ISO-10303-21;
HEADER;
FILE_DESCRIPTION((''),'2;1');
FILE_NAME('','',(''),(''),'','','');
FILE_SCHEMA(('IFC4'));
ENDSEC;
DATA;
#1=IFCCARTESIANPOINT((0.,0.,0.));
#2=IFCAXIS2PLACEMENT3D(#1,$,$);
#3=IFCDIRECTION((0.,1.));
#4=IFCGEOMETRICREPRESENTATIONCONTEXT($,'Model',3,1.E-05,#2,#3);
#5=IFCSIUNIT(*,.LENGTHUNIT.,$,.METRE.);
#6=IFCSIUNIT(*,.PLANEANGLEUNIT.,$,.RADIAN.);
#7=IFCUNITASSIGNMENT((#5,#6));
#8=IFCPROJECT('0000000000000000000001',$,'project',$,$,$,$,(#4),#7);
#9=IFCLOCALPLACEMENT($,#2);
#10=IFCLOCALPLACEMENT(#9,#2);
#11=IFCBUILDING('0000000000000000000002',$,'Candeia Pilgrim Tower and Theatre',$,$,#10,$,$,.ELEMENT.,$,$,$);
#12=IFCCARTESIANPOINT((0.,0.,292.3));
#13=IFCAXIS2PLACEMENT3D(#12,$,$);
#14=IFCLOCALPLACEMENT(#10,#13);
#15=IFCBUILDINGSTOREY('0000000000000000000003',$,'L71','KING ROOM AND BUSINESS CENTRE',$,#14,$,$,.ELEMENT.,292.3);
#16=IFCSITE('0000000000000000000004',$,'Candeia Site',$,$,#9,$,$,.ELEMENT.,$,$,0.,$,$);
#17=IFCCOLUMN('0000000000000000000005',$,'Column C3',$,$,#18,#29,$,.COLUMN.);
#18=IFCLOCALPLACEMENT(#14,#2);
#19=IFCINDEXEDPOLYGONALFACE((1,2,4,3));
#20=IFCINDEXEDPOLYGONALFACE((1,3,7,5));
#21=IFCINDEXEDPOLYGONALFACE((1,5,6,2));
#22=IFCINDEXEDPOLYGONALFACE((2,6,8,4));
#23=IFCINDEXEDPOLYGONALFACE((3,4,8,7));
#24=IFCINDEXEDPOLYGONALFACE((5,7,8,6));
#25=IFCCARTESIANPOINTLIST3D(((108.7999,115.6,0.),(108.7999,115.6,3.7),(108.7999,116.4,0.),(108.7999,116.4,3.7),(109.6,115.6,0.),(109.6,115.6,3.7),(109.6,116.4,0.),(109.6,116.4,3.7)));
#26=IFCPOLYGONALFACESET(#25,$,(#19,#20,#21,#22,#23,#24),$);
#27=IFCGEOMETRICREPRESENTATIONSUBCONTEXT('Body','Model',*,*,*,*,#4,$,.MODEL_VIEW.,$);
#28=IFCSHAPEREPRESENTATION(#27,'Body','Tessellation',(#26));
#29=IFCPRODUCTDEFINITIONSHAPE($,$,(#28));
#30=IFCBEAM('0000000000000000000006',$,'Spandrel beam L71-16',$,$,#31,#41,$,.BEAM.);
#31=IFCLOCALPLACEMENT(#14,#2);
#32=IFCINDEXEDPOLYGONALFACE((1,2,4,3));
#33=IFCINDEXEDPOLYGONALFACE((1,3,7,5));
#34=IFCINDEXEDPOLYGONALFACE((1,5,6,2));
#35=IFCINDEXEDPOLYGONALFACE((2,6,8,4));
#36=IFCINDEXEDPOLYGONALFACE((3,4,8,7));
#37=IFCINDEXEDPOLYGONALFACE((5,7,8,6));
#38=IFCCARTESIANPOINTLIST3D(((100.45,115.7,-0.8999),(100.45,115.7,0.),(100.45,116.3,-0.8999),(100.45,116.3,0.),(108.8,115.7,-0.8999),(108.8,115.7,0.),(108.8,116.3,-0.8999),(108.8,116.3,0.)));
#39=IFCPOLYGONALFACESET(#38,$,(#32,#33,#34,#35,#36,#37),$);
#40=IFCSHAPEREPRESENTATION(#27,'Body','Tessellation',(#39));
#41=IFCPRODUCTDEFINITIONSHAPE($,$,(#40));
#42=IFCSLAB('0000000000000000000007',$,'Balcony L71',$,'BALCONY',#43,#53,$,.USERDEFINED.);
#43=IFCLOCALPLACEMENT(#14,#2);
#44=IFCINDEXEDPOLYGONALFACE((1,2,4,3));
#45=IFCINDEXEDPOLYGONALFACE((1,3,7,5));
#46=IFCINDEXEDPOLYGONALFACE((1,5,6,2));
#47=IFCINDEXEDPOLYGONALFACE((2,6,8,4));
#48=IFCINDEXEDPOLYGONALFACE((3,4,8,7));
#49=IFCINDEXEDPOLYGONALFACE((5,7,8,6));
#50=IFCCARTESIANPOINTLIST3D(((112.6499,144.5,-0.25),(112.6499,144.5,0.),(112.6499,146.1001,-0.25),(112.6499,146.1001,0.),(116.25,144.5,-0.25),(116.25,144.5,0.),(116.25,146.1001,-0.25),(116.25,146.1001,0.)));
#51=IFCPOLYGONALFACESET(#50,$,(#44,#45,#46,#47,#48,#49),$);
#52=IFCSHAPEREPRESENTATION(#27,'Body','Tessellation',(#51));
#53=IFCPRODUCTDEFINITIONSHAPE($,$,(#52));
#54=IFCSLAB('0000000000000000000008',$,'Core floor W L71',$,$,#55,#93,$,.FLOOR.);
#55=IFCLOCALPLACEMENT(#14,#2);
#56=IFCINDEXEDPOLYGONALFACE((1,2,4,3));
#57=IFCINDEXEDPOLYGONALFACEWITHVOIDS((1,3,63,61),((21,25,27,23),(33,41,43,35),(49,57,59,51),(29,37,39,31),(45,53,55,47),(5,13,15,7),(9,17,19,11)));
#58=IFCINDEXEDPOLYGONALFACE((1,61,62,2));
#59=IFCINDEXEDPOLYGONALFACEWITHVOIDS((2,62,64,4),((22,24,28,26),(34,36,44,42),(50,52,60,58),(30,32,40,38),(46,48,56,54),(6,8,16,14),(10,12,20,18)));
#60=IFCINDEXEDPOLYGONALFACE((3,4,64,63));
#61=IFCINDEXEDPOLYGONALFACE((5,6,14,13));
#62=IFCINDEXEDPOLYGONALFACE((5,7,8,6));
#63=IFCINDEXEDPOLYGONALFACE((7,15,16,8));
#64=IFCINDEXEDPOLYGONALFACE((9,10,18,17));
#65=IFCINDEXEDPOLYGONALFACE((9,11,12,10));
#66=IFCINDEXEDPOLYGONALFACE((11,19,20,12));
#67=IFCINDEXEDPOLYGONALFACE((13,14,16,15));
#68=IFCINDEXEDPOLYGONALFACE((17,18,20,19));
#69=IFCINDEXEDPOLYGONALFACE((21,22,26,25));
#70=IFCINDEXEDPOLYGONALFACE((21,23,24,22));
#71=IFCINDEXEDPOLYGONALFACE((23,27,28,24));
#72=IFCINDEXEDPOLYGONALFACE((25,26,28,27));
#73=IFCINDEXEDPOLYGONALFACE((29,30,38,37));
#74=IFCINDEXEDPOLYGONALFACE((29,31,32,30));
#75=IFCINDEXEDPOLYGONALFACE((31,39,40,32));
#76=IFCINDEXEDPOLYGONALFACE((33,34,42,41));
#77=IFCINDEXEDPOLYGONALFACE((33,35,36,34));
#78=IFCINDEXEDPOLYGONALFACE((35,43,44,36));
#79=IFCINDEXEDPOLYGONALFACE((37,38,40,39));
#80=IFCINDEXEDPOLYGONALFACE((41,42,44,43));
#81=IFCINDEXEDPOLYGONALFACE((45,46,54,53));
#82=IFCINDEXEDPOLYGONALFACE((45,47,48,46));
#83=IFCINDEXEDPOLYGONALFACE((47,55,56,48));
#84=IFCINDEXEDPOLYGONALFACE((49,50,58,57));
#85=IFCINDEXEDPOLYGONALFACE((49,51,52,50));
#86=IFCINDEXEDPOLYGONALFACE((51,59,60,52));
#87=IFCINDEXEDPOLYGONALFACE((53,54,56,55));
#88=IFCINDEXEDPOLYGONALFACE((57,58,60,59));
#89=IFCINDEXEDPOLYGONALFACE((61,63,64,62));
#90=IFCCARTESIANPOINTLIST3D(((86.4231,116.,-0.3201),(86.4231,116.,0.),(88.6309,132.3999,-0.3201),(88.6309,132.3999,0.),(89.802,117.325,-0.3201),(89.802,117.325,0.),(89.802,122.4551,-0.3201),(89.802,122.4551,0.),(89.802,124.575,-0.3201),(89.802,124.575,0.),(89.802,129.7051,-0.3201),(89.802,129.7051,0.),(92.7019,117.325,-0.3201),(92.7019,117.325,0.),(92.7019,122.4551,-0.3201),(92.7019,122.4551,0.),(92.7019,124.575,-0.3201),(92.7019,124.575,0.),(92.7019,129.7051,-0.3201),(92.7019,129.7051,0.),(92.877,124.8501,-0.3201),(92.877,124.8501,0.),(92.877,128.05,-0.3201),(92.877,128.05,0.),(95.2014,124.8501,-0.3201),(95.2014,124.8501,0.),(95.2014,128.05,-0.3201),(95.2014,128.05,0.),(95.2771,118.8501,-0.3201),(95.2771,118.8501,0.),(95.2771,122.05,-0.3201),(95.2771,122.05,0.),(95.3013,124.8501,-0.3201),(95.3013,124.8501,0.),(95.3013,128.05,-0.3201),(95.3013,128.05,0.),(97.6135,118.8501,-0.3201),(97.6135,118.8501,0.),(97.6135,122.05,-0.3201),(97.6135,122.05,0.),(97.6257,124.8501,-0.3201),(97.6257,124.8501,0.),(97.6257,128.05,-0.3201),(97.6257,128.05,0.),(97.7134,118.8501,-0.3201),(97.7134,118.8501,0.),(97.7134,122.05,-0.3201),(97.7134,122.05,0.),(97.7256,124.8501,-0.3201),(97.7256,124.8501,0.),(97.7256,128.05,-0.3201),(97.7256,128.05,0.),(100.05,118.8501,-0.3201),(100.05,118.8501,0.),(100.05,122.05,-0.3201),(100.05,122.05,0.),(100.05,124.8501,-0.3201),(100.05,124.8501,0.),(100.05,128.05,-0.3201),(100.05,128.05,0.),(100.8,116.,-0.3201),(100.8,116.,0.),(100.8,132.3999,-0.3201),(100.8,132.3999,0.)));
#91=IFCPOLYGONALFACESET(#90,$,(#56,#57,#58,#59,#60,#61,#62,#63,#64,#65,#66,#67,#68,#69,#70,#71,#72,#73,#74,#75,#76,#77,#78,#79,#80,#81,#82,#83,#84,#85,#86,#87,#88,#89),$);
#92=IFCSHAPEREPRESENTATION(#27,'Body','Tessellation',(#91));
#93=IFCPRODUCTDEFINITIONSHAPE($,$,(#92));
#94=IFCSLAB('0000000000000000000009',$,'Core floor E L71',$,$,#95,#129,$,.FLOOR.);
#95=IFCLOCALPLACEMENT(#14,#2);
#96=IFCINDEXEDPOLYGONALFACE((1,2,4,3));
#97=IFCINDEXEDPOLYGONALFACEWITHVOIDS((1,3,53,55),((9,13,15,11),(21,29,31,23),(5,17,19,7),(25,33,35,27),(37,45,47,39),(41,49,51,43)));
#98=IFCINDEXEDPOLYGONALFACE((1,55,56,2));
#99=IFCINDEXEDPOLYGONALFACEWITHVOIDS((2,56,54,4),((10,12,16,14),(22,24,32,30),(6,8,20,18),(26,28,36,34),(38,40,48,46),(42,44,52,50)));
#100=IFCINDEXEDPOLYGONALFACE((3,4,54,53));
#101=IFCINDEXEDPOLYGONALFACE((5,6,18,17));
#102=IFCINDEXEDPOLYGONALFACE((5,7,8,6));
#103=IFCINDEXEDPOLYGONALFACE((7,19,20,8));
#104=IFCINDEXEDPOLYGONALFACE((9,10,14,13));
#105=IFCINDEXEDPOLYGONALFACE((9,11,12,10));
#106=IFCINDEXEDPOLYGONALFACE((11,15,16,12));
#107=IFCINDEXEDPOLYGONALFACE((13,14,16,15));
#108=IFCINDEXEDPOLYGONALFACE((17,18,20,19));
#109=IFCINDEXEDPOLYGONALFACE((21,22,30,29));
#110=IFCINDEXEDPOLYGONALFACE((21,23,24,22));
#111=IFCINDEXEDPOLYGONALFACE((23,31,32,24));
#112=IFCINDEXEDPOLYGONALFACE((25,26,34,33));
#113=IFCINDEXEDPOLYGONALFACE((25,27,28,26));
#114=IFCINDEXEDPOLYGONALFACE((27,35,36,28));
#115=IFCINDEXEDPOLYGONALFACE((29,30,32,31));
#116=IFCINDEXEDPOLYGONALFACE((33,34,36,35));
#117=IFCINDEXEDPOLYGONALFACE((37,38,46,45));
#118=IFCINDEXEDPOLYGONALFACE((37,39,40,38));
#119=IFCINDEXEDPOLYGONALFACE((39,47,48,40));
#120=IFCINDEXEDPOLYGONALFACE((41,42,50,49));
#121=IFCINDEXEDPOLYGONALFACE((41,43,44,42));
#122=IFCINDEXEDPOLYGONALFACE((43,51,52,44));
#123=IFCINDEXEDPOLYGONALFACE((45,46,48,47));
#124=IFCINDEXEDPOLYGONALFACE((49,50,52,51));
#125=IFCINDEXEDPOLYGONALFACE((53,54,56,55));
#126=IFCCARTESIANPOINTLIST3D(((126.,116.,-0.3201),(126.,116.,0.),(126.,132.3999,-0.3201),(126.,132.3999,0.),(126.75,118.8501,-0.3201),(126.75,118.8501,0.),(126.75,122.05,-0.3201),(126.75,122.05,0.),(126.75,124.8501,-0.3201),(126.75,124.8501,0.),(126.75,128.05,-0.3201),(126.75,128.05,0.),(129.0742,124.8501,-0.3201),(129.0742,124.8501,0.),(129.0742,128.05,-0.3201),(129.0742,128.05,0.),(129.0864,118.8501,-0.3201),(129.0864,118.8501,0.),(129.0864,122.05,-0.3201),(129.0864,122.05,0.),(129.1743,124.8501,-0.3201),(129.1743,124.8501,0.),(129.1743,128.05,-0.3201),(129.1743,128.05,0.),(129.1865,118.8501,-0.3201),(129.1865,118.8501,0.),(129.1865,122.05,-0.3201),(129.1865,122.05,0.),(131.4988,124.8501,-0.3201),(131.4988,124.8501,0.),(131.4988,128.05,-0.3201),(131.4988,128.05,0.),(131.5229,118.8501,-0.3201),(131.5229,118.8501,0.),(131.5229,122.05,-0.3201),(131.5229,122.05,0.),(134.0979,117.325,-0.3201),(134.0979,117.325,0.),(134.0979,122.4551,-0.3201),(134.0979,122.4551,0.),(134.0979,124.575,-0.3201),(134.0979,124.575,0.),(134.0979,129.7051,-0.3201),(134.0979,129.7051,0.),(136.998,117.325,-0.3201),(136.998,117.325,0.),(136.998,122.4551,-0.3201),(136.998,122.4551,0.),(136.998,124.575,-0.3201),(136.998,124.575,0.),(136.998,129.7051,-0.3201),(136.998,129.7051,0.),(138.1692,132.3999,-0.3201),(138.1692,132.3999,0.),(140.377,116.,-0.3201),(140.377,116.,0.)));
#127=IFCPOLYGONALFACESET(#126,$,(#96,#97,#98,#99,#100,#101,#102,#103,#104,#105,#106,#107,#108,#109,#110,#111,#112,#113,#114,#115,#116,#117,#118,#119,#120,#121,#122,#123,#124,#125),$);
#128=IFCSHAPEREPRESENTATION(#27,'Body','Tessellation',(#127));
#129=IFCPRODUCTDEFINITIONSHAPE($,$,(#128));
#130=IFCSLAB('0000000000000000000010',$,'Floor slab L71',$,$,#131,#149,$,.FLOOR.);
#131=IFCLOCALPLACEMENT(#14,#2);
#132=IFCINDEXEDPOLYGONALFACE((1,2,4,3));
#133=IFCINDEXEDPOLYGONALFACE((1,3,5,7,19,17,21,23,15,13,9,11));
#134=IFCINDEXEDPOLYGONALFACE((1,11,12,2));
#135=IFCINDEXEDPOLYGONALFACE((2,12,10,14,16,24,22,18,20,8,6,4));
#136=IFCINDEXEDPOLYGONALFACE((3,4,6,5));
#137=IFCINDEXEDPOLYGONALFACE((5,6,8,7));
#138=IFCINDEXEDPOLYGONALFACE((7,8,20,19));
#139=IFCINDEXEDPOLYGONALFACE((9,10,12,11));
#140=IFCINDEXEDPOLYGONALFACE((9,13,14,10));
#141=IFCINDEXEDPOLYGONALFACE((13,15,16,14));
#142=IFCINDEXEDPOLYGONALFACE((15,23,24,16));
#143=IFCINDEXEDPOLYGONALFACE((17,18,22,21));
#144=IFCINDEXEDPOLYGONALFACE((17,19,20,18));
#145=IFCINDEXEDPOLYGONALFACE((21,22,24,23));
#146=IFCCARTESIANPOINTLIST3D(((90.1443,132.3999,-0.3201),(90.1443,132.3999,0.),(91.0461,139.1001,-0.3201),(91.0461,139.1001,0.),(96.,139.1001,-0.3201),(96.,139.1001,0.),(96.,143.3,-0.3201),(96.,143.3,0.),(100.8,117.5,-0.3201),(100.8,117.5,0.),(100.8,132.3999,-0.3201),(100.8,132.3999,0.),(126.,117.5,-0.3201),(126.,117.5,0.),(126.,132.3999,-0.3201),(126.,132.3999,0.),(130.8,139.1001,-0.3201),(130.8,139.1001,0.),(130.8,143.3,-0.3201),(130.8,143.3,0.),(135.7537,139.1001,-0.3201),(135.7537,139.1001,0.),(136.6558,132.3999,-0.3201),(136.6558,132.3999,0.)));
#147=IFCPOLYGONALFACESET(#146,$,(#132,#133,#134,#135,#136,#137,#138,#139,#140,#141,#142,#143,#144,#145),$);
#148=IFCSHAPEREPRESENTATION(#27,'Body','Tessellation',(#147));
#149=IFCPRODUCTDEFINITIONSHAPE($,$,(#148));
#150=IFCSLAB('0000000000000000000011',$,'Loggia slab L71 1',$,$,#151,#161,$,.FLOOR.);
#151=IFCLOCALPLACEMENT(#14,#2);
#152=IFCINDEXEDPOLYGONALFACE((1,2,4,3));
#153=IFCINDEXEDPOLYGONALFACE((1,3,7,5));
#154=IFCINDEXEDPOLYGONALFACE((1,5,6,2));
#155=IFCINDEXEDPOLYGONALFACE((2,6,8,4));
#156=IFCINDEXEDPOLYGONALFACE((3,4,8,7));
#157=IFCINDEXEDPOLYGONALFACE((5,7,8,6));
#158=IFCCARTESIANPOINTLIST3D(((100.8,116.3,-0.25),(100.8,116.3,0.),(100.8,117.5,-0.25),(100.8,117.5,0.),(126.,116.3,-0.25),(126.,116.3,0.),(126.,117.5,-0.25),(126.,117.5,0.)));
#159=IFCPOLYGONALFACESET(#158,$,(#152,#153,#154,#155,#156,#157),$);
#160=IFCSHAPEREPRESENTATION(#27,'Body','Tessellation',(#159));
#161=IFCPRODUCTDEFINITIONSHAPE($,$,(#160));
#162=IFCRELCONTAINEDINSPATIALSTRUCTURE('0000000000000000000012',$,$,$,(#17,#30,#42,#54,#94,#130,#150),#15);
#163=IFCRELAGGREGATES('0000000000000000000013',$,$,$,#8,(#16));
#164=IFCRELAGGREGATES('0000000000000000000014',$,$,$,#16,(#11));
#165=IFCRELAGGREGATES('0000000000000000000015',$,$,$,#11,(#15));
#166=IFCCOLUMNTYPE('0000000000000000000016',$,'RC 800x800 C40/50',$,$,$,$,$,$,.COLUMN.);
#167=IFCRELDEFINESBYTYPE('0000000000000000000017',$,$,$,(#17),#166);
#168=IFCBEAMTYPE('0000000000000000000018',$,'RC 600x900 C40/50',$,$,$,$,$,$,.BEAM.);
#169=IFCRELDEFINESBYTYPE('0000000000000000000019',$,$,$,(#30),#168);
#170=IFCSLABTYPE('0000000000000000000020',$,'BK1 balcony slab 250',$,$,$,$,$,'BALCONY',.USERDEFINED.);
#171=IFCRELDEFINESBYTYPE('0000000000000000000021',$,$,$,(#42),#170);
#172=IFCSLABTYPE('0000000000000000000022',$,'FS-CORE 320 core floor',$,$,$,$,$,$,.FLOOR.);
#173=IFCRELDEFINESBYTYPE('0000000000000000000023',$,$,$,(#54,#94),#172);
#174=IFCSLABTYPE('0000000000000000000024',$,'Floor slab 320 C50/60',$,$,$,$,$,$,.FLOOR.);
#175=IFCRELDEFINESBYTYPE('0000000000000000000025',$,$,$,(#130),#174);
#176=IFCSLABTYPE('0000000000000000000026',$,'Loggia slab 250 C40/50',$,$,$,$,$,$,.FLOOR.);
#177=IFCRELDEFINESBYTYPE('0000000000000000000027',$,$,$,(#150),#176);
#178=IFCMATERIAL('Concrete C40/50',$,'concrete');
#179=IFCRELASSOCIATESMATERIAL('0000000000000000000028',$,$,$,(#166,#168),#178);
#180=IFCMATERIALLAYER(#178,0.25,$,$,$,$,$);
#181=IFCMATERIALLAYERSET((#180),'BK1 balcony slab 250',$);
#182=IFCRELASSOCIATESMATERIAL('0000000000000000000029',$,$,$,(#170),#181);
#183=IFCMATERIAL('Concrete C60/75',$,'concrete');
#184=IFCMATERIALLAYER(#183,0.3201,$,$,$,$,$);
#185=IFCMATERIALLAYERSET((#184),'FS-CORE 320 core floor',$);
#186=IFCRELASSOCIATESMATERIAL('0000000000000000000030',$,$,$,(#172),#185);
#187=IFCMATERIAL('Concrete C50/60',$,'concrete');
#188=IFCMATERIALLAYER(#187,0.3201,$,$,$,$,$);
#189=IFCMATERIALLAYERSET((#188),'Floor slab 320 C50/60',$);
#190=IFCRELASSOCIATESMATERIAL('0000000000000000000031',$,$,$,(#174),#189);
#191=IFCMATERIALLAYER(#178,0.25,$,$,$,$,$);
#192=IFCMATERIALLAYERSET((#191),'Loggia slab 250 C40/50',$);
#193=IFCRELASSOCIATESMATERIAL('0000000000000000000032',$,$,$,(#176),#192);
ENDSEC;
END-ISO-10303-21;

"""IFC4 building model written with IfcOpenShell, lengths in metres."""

from ifc_helpers import new_model, si_unit, direction, frame, origin, origin_2d, place, context, subcontext, project, spatial, polyline, rectangle, outline, extrude, material, layer, layer_set, material_profile, profile_set, type_object, element, save


model = new_model("IFC4")

# Units and contexts
model_context = context("Model", 3, precision=1e-05, world=origin(), true_north=direction((0.0, 1.0)))
body_context = subcontext(model_context, "Body", "Model", "MODEL_VIEW")
ifc_project = project(units=[si_unit("LENGTHUNIT", "METRE"), si_unit("PLANEANGLEUNIT", "RADIAN")], contexts=[model_context])

# Site, building, storey
site_placement = place(None, origin())
site = spatial("IfcSite", under=ifc_project, at=site_placement, Name="Candeia Site", CompositionType="ELEMENT", RefElevation=0.0)
building_placement = place(site_placement, origin())
building = spatial("IfcBuilding", under=site, at=building_placement, Name="Candeia Pilgrim Tower and Theatre", CompositionType="ELEMENT")
storey_placement = place(building_placement, frame((0.0, 0.0, 292.3)))
storey = spatial("IfcBuildingStorey", under=building, at=storey_placement, Name="L71", Description="KING ROOM AND BUSINESS CENTRE", CompositionType="ELEMENT", Elevation=292.3)

# Column
ifc_material_1 = material(Name="Concrete C40/50", Category="concrete")
ifc_material_profile_1 = material_profile(ifc_material_1, rectangle(XDim=0.8, YDim=0.8, at=origin_2d()))
ifc_profile_set_1 = profile_set([ifc_material_profile_1], Name="Concrete C40/50")
column_type = type_object("IfcColumnType", Name="RC 800x800 C40/50", PredefinedType="COLUMN", material=ifc_profile_set_1)
column_placement = place(storey_placement, frame((109.2, 116.0, 0.0), z_axis=(0.0, 0.0, 1.0), x_axis=(1.0, 0.0, 0.0)))
element("IfcColumn", 1, at=column_placement, inside=storey, type_object=column_type, Name="Column C3", PredefinedType="COLUMN", context=body_context, shape_type="SweptSolid", body=[
    extrude(rectangle(XDim=0.8, YDim=0.8, at=origin_2d()), origin(), (0.0, 0.0, 1.0), 3.7),
])

# Beam
ifc_material_profile_2 = material_profile(ifc_material_1, rectangle(XDim=0.6001, YDim=0.8999, at=origin_2d()))
ifc_profile_set_2 = profile_set([ifc_material_profile_2], Name="Concrete C40/50")
beam_type = type_object("IfcBeamType", Name="RC 600x900 C40/50", PredefinedType="BEAM", material=ifc_profile_set_2)
beam_placement = place(storey_placement, frame((108.8, 116.0, -0.45), z_axis=(-1.0, 0.0, 0.0), x_axis=(0.0, -1.0, 0.0)))
element("IfcBeam", 2, at=beam_placement, inside=storey, type_object=beam_type, Name="Spandrel beam L71-16", PredefinedType="BEAM", context=body_context, shape_type="SweptSolid", body=[
    extrude(rectangle(XDim=0.6001, YDim=0.8999, at=origin_2d()), origin(), (0.0, 0.0, 1.0), 8.3501),
])

# Slabs
ifc_layer_1 = layer(ifc_material_1, 0.25)
ifc_layer_set_1 = layer_set([ifc_layer_1], Name="BK1 balcony slab 250")
slab_type_1 = type_object("IfcSlabType", Name="BK1 balcony slab 250", ElementType="BALCONY", PredefinedType="USERDEFINED", material=ifc_layer_set_1)
slab_1_placement = place(storey_placement, frame((0.0, 0.0, -0.25)))
element("IfcSlab", 3, at=slab_1_placement, inside=storey, type_object=slab_type_1, Name="Balcony L71", ObjectType="BALCONY", PredefinedType="USERDEFINED", context=body_context, shape_type="SweptSolid", body=[
    extrude(outline(polyline([(112.6499, 144.5), (116.25, 144.5), (116.25, 146.1001), (112.6499, 146.1001), (112.6499, 144.5)])), origin(), (0.0, 0.0, 1.0), 0.25),
])
ifc_material_2 = material(Name="Concrete C60/75", Category="concrete")
ifc_layer_2 = layer(ifc_material_2, 0.3201)
ifc_layer_set_2 = layer_set([ifc_layer_2], Name="FS-CORE 320 core floor")
slab_type_2 = type_object("IfcSlabType", Name="FS-CORE 320 core floor", PredefinedType="FLOOR", material=ifc_layer_set_2)
slab_2_placement = place(storey_placement, frame((0.0, 0.0, -0.3201)))
element("IfcSlab", 4, at=slab_2_placement, inside=storey, type_object=slab_type_2, Name="Core floor W L71", PredefinedType="FLOOR", context=body_context, shape_type="SweptSolid", body=[
    extrude(outline(polyline([(100.8, 132.3999), (100.8, 116.0), (86.4231, 116.0), (88.6309, 132.3999), (100.8, 132.3999)]), holes=[polyline([(97.7134, 122.05), (97.7134, 118.8501), (100.05, 118.8501), (100.05, 122.05), (97.7134, 122.05)]), polyline([(97.7256, 128.05), (97.7256, 124.8501), (100.05, 124.8501), (100.05, 128.05), (97.7256, 128.05)]), polyline([(95.3013, 128.05), (95.3013, 124.8501), (97.6257, 124.8501), (97.6257, 128.05), (95.3013, 128.05)]), polyline([(95.2771, 122.05), (95.2771, 118.8501), (97.6135, 118.8501), (97.6135, 122.05), (95.2771, 122.05)]), polyline([(92.877, 128.05), (92.877, 124.8501), (95.2014, 124.8501), (95.2014, 128.05), (92.877, 128.05)]), polyline([(89.802, 117.325), (92.7019, 117.325), (92.7019, 122.4551), (89.802, 122.4551), (89.802, 117.325)]), polyline([(89.802, 129.7051), (89.802, 124.575), (92.7019, 124.575), (92.7019, 129.7051), (89.802, 129.7051)])]), origin(), (0.0, 0.0, 1.0), 0.3201),
])
slab_3_placement = place(storey_placement, frame((0.0, 0.0, -0.3201)))
element("IfcSlab", 5, at=slab_3_placement, inside=storey, type_object=slab_type_2, Name="Core floor E L71", PredefinedType="FLOOR", context=body_context, shape_type="SweptSolid", body=[
    extrude(outline(polyline([(138.1692, 132.3999), (140.377, 116.0), (126.0, 116.0), (126.0, 132.3999), (138.1692, 132.3999)]), holes=[polyline([(134.0979, 117.325), (136.998, 117.325), (136.998, 122.4551), (134.0979, 122.4551), (134.0979, 117.325)]), polyline([(134.0979, 129.7051), (134.0979, 124.575), (136.998, 124.575), (136.998, 129.7051), (134.0979, 129.7051)]), polyline([(131.5229, 122.05), (129.1865, 122.05), (129.1865, 118.8501), (131.5229, 118.8501), (131.5229, 122.05)]), polyline([(131.4988, 128.05), (129.1743, 128.05), (129.1743, 124.8501), (131.4988, 124.8501), (131.4988, 128.05)]), polyline([(129.0864, 122.05), (126.75, 122.05), (126.75, 118.8501), (129.0864, 118.8501), (129.0864, 122.05)]), polyline([(126.75, 128.05), (126.75, 124.8501), (129.0742, 124.8501), (129.0742, 128.05), (126.75, 128.05)])]), origin(), (0.0, 0.0, 1.0), 0.3201),
])
ifc_material_3 = material(Name="Concrete C50/60", Category="concrete")
ifc_layer_3 = layer(ifc_material_3, 0.3201)
ifc_layer_set_3 = layer_set([ifc_layer_3], Name="Floor slab 320 C50/60")
slab_type_3 = type_object("IfcSlabType", Name="Floor slab 320 C50/60", PredefinedType="FLOOR", material=ifc_layer_set_3)
slab_4_placement = place(storey_placement, frame((0.0, 0.0, -0.3201)))
element("IfcSlab", 6, at=slab_4_placement, inside=storey, type_object=slab_type_3, Name="Floor slab L71", PredefinedType="FLOOR", context=body_context, shape_type="SweptSolid", body=[
    extrude(outline(polyline([(96.0, 139.1001), (96.0, 143.3), (130.8, 143.3), (130.8, 139.1001), (135.7537, 139.1001), (136.6558, 132.3999), (126.0, 132.3999), (126.0, 117.5), (100.8, 117.5), (100.8, 132.3999), (90.1443, 132.3999), (91.0461, 139.1001), (96.0, 139.1001)])), origin(), (0.0, 0.0, 1.0), 0.3201),
])
ifc_layer_4 = layer(ifc_material_1, 0.25)
ifc_layer_set_4 = layer_set([ifc_layer_4], Name="Loggia slab 250 C40/50")
slab_type_4 = type_object("IfcSlabType", Name="Loggia slab 250 C40/50", PredefinedType="FLOOR", material=ifc_layer_set_4)
slab_5_placement = place(storey_placement, frame((0.0, 0.0, -0.25)))
element("IfcSlab", 7, at=slab_5_placement, inside=storey, type_object=slab_type_4, Name="Loggia slab L71 1", PredefinedType="FLOOR", context=body_context, shape_type="SweptSolid", body=[
    extrude(outline(polyline([(100.8, 117.5), (126.0, 117.5), (126.0, 116.3), (100.8, 116.3), (100.8, 117.5)])), origin(), (0.0, 0.0, 1.0), 0.25),
])

save(model, "model.ifc")
